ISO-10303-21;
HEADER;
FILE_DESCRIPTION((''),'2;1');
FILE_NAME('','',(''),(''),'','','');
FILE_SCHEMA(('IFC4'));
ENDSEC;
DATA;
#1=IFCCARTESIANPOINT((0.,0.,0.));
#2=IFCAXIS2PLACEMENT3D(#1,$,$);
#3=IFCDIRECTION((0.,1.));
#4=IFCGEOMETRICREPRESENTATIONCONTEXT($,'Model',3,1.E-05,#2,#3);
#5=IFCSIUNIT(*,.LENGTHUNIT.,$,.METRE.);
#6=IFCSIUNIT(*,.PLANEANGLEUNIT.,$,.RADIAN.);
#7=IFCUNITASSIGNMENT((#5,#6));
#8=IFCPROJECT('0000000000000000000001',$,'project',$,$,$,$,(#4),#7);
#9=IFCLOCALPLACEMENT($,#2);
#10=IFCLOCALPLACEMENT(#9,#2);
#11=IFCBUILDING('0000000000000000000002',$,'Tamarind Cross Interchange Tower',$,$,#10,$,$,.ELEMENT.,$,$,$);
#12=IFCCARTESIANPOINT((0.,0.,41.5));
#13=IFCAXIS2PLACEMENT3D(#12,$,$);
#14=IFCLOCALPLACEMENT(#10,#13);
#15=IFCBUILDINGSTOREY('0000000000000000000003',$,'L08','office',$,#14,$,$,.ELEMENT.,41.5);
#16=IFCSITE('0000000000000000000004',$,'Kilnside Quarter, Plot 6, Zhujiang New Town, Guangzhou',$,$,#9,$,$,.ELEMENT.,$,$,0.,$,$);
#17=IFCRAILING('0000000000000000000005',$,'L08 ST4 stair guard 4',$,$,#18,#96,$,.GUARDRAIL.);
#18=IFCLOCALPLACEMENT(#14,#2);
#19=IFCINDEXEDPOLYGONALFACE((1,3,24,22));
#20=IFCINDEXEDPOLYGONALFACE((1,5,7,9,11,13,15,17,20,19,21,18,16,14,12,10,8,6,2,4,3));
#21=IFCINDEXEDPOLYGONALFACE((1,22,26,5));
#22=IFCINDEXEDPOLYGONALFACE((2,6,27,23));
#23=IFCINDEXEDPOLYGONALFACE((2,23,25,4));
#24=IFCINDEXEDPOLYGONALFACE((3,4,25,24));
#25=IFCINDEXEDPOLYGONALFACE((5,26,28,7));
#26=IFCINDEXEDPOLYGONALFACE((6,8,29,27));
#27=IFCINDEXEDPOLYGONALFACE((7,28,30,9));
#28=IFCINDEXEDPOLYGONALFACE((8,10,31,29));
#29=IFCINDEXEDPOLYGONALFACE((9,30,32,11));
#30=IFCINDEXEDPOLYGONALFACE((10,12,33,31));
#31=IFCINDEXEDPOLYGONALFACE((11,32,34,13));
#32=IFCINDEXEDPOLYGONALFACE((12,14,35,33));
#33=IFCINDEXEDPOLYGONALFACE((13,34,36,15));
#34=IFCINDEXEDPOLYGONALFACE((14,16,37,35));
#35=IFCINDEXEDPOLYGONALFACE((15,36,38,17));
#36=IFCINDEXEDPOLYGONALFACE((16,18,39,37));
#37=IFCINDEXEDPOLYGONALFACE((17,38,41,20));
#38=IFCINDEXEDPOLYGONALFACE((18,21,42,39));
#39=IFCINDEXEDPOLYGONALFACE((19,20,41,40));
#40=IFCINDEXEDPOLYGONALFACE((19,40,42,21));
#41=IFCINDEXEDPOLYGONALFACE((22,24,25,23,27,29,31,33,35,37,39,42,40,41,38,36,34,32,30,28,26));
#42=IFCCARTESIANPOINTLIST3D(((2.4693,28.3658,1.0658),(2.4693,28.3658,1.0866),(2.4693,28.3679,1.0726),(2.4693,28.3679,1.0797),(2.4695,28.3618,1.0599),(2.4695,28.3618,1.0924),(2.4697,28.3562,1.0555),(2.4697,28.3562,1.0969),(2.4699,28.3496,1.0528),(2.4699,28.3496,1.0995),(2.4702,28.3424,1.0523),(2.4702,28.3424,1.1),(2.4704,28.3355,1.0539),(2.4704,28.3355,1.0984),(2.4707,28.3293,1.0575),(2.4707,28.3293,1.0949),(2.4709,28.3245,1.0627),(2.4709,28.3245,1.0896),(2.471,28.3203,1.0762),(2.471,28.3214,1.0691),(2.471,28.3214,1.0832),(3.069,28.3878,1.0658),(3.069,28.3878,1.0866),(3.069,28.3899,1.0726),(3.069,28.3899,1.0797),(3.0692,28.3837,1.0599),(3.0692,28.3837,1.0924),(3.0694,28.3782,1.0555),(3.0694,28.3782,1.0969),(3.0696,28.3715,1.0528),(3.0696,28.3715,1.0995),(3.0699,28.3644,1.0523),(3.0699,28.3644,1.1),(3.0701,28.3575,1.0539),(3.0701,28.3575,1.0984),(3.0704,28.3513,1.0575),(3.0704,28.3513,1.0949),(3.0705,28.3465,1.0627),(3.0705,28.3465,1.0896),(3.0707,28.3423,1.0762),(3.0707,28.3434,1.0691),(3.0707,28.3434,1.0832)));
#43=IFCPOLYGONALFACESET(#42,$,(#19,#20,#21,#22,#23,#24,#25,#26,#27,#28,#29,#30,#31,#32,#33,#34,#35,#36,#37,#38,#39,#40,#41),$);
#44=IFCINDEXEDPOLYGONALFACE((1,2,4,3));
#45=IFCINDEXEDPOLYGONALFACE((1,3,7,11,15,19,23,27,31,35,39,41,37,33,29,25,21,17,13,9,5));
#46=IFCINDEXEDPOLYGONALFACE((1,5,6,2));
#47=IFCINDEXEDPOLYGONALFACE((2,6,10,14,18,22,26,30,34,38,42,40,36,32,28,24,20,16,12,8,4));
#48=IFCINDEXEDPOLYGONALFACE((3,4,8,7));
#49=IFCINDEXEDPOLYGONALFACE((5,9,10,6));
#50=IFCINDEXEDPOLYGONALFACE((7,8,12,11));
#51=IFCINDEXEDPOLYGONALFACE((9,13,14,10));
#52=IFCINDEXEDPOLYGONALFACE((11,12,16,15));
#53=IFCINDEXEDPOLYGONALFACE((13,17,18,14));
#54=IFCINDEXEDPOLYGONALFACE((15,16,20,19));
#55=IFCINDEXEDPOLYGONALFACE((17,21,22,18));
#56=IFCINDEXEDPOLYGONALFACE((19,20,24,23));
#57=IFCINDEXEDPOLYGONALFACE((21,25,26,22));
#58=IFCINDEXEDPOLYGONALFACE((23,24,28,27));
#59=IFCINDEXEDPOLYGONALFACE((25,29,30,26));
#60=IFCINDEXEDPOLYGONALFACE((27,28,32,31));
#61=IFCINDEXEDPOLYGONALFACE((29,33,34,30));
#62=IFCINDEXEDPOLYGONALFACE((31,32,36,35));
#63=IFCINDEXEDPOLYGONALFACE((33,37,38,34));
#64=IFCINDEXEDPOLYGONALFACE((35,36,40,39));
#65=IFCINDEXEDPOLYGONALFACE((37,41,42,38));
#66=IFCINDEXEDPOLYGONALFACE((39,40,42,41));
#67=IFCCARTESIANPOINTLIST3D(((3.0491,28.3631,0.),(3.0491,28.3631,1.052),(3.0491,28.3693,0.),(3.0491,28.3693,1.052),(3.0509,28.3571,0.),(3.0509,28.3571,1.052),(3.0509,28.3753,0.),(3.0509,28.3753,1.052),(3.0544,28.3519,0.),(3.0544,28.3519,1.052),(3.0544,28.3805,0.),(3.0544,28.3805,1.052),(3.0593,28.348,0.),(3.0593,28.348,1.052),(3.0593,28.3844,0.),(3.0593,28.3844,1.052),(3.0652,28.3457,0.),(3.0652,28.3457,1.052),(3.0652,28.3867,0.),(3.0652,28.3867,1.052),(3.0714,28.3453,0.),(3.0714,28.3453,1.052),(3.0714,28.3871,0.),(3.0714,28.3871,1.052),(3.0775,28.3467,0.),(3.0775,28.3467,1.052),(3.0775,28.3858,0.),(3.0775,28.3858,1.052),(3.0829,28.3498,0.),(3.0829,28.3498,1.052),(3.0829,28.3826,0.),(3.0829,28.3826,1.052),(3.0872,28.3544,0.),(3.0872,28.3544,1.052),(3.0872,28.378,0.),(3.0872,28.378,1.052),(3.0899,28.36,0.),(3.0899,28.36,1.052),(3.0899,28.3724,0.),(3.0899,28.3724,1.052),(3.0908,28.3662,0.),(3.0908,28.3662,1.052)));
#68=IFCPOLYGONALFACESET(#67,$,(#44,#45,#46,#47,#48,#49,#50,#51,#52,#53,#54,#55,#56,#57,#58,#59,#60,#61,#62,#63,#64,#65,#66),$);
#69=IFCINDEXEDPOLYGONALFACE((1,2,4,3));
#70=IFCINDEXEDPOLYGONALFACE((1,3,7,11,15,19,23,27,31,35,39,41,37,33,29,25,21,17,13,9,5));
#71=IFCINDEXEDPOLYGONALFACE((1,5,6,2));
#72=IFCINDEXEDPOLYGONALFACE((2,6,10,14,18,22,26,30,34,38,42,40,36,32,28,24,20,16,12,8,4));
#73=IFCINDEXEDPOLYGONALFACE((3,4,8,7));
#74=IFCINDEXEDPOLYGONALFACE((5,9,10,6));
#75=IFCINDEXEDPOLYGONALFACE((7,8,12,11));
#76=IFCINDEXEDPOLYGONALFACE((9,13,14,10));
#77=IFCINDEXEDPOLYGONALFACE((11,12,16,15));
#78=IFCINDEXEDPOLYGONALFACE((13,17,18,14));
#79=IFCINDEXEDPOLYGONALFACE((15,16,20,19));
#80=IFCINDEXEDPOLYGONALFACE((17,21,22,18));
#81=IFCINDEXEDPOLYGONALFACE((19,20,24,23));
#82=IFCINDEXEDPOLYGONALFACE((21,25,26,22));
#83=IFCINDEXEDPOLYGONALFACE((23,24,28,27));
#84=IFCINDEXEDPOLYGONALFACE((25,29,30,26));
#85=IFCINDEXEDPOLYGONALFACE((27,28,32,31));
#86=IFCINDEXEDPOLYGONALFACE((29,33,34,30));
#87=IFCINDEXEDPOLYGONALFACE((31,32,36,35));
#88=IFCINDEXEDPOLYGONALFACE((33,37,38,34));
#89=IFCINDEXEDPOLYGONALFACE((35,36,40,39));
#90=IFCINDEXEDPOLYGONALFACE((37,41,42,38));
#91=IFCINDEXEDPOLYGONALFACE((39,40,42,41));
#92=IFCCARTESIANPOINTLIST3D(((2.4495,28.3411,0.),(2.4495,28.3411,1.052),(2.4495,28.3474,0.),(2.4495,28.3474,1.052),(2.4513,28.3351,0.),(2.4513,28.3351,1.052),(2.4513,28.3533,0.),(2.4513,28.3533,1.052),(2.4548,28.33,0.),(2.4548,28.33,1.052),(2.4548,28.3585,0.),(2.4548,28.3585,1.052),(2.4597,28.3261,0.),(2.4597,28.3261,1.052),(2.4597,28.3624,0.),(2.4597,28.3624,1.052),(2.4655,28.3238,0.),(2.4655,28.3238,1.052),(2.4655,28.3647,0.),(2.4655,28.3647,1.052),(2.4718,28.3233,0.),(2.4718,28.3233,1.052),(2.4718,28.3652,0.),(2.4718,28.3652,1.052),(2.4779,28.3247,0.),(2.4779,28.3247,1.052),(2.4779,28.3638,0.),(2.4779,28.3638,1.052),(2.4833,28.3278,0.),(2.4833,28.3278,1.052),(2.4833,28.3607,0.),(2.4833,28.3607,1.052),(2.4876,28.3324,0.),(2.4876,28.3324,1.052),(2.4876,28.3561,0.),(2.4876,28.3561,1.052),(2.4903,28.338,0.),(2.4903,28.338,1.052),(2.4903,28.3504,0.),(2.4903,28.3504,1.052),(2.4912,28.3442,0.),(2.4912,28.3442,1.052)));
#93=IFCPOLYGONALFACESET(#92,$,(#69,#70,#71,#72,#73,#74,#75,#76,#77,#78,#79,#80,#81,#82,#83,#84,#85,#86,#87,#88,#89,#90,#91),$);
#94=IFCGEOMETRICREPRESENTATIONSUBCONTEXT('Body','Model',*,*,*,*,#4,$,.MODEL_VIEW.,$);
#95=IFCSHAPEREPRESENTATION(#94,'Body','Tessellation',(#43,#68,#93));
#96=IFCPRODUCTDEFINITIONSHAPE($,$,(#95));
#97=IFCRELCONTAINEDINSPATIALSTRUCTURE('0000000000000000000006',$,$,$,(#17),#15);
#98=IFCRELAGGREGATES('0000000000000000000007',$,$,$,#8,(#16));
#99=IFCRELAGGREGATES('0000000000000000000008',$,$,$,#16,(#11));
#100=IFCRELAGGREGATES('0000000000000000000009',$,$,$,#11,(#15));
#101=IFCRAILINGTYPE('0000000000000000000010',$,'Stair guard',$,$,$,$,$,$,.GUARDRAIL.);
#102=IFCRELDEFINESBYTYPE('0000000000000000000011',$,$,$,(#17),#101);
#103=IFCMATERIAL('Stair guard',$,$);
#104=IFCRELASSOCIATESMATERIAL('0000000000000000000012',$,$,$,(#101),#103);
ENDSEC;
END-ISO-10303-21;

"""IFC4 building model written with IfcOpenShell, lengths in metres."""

from ifc_helpers import new_model, si_unit, direction, frame, origin, origin_2d, place, context, subcontext, project, spatial, circle, extrude, material, type_object, element, save


model = new_model("IFC4")

# Units and contexts
model_context = context("Model", 3, precision=1e-05, world=origin(), true_north=direction((0.0, 1.0)))
body_context = subcontext(model_context, "Body", "Model", "MODEL_VIEW")
ifc_project = project(units=[si_unit("LENGTHUNIT", "METRE"), si_unit("PLANEANGLEUNIT", "RADIAN")], contexts=[model_context])

# Site, building, storey
site_placement = place(None, origin())
site = spatial("IfcSite", under=ifc_project, at=site_placement, Name="Kilnside Quarter, Plot 6, Zhujiang New Town, Guangzhou", CompositionType="ELEMENT", RefElevation=0.0)
building_placement = place(site_placement, origin())
building = spatial("IfcBuilding", under=site, at=building_placement, Name="Tamarind Cross Interchange Tower", CompositionType="ELEMENT")
storey_placement = place(building_placement, frame((0.0, 0.0, 41.5)))
storey = spatial("IfcBuildingStorey", under=building, at=storey_placement, Name="L08", Description="office", CompositionType="ELEMENT", Elevation=41.5)

# Railing
ifc_material_1 = material(Name="Stair guard")
railing_type_1 = type_object("IfcRailingType", Name="Stair guard", PredefinedType="GUARDRAIL", material=ifc_material_1)
railing_1_placement = place(storey_placement, frame((3.0698, 28.3662, 0.0)))
element("IfcRailing", 1, at=railing_1_placement, inside=storey, type_object=railing_type_1, Name="L08 ST4 stair guard 4", PredefinedType="GUARDRAIL", context=body_context, shape_type="SweptSolid", body=[
    extrude(circle(Radius=0.0239, at=origin_2d()), frame((0.0, 0.0, 1.0762), z_axis=(-0.999329, -0.03662, 0.0), x_axis=(0.03662, -0.999329, 0.0)), (0.0, 0.0, 1.0), 0.6001),
    extrude(circle(Radius=0.021, at=origin_2d()), origin(), (0.0, 0.0, 1.0), 1.052),
    extrude(circle(Radius=0.021, at=origin_2d()), frame((-0.5996, -0.022, 0.0)), (0.0, 0.0, 1.0), 1.052),
])

save(model, "model.ifc")
